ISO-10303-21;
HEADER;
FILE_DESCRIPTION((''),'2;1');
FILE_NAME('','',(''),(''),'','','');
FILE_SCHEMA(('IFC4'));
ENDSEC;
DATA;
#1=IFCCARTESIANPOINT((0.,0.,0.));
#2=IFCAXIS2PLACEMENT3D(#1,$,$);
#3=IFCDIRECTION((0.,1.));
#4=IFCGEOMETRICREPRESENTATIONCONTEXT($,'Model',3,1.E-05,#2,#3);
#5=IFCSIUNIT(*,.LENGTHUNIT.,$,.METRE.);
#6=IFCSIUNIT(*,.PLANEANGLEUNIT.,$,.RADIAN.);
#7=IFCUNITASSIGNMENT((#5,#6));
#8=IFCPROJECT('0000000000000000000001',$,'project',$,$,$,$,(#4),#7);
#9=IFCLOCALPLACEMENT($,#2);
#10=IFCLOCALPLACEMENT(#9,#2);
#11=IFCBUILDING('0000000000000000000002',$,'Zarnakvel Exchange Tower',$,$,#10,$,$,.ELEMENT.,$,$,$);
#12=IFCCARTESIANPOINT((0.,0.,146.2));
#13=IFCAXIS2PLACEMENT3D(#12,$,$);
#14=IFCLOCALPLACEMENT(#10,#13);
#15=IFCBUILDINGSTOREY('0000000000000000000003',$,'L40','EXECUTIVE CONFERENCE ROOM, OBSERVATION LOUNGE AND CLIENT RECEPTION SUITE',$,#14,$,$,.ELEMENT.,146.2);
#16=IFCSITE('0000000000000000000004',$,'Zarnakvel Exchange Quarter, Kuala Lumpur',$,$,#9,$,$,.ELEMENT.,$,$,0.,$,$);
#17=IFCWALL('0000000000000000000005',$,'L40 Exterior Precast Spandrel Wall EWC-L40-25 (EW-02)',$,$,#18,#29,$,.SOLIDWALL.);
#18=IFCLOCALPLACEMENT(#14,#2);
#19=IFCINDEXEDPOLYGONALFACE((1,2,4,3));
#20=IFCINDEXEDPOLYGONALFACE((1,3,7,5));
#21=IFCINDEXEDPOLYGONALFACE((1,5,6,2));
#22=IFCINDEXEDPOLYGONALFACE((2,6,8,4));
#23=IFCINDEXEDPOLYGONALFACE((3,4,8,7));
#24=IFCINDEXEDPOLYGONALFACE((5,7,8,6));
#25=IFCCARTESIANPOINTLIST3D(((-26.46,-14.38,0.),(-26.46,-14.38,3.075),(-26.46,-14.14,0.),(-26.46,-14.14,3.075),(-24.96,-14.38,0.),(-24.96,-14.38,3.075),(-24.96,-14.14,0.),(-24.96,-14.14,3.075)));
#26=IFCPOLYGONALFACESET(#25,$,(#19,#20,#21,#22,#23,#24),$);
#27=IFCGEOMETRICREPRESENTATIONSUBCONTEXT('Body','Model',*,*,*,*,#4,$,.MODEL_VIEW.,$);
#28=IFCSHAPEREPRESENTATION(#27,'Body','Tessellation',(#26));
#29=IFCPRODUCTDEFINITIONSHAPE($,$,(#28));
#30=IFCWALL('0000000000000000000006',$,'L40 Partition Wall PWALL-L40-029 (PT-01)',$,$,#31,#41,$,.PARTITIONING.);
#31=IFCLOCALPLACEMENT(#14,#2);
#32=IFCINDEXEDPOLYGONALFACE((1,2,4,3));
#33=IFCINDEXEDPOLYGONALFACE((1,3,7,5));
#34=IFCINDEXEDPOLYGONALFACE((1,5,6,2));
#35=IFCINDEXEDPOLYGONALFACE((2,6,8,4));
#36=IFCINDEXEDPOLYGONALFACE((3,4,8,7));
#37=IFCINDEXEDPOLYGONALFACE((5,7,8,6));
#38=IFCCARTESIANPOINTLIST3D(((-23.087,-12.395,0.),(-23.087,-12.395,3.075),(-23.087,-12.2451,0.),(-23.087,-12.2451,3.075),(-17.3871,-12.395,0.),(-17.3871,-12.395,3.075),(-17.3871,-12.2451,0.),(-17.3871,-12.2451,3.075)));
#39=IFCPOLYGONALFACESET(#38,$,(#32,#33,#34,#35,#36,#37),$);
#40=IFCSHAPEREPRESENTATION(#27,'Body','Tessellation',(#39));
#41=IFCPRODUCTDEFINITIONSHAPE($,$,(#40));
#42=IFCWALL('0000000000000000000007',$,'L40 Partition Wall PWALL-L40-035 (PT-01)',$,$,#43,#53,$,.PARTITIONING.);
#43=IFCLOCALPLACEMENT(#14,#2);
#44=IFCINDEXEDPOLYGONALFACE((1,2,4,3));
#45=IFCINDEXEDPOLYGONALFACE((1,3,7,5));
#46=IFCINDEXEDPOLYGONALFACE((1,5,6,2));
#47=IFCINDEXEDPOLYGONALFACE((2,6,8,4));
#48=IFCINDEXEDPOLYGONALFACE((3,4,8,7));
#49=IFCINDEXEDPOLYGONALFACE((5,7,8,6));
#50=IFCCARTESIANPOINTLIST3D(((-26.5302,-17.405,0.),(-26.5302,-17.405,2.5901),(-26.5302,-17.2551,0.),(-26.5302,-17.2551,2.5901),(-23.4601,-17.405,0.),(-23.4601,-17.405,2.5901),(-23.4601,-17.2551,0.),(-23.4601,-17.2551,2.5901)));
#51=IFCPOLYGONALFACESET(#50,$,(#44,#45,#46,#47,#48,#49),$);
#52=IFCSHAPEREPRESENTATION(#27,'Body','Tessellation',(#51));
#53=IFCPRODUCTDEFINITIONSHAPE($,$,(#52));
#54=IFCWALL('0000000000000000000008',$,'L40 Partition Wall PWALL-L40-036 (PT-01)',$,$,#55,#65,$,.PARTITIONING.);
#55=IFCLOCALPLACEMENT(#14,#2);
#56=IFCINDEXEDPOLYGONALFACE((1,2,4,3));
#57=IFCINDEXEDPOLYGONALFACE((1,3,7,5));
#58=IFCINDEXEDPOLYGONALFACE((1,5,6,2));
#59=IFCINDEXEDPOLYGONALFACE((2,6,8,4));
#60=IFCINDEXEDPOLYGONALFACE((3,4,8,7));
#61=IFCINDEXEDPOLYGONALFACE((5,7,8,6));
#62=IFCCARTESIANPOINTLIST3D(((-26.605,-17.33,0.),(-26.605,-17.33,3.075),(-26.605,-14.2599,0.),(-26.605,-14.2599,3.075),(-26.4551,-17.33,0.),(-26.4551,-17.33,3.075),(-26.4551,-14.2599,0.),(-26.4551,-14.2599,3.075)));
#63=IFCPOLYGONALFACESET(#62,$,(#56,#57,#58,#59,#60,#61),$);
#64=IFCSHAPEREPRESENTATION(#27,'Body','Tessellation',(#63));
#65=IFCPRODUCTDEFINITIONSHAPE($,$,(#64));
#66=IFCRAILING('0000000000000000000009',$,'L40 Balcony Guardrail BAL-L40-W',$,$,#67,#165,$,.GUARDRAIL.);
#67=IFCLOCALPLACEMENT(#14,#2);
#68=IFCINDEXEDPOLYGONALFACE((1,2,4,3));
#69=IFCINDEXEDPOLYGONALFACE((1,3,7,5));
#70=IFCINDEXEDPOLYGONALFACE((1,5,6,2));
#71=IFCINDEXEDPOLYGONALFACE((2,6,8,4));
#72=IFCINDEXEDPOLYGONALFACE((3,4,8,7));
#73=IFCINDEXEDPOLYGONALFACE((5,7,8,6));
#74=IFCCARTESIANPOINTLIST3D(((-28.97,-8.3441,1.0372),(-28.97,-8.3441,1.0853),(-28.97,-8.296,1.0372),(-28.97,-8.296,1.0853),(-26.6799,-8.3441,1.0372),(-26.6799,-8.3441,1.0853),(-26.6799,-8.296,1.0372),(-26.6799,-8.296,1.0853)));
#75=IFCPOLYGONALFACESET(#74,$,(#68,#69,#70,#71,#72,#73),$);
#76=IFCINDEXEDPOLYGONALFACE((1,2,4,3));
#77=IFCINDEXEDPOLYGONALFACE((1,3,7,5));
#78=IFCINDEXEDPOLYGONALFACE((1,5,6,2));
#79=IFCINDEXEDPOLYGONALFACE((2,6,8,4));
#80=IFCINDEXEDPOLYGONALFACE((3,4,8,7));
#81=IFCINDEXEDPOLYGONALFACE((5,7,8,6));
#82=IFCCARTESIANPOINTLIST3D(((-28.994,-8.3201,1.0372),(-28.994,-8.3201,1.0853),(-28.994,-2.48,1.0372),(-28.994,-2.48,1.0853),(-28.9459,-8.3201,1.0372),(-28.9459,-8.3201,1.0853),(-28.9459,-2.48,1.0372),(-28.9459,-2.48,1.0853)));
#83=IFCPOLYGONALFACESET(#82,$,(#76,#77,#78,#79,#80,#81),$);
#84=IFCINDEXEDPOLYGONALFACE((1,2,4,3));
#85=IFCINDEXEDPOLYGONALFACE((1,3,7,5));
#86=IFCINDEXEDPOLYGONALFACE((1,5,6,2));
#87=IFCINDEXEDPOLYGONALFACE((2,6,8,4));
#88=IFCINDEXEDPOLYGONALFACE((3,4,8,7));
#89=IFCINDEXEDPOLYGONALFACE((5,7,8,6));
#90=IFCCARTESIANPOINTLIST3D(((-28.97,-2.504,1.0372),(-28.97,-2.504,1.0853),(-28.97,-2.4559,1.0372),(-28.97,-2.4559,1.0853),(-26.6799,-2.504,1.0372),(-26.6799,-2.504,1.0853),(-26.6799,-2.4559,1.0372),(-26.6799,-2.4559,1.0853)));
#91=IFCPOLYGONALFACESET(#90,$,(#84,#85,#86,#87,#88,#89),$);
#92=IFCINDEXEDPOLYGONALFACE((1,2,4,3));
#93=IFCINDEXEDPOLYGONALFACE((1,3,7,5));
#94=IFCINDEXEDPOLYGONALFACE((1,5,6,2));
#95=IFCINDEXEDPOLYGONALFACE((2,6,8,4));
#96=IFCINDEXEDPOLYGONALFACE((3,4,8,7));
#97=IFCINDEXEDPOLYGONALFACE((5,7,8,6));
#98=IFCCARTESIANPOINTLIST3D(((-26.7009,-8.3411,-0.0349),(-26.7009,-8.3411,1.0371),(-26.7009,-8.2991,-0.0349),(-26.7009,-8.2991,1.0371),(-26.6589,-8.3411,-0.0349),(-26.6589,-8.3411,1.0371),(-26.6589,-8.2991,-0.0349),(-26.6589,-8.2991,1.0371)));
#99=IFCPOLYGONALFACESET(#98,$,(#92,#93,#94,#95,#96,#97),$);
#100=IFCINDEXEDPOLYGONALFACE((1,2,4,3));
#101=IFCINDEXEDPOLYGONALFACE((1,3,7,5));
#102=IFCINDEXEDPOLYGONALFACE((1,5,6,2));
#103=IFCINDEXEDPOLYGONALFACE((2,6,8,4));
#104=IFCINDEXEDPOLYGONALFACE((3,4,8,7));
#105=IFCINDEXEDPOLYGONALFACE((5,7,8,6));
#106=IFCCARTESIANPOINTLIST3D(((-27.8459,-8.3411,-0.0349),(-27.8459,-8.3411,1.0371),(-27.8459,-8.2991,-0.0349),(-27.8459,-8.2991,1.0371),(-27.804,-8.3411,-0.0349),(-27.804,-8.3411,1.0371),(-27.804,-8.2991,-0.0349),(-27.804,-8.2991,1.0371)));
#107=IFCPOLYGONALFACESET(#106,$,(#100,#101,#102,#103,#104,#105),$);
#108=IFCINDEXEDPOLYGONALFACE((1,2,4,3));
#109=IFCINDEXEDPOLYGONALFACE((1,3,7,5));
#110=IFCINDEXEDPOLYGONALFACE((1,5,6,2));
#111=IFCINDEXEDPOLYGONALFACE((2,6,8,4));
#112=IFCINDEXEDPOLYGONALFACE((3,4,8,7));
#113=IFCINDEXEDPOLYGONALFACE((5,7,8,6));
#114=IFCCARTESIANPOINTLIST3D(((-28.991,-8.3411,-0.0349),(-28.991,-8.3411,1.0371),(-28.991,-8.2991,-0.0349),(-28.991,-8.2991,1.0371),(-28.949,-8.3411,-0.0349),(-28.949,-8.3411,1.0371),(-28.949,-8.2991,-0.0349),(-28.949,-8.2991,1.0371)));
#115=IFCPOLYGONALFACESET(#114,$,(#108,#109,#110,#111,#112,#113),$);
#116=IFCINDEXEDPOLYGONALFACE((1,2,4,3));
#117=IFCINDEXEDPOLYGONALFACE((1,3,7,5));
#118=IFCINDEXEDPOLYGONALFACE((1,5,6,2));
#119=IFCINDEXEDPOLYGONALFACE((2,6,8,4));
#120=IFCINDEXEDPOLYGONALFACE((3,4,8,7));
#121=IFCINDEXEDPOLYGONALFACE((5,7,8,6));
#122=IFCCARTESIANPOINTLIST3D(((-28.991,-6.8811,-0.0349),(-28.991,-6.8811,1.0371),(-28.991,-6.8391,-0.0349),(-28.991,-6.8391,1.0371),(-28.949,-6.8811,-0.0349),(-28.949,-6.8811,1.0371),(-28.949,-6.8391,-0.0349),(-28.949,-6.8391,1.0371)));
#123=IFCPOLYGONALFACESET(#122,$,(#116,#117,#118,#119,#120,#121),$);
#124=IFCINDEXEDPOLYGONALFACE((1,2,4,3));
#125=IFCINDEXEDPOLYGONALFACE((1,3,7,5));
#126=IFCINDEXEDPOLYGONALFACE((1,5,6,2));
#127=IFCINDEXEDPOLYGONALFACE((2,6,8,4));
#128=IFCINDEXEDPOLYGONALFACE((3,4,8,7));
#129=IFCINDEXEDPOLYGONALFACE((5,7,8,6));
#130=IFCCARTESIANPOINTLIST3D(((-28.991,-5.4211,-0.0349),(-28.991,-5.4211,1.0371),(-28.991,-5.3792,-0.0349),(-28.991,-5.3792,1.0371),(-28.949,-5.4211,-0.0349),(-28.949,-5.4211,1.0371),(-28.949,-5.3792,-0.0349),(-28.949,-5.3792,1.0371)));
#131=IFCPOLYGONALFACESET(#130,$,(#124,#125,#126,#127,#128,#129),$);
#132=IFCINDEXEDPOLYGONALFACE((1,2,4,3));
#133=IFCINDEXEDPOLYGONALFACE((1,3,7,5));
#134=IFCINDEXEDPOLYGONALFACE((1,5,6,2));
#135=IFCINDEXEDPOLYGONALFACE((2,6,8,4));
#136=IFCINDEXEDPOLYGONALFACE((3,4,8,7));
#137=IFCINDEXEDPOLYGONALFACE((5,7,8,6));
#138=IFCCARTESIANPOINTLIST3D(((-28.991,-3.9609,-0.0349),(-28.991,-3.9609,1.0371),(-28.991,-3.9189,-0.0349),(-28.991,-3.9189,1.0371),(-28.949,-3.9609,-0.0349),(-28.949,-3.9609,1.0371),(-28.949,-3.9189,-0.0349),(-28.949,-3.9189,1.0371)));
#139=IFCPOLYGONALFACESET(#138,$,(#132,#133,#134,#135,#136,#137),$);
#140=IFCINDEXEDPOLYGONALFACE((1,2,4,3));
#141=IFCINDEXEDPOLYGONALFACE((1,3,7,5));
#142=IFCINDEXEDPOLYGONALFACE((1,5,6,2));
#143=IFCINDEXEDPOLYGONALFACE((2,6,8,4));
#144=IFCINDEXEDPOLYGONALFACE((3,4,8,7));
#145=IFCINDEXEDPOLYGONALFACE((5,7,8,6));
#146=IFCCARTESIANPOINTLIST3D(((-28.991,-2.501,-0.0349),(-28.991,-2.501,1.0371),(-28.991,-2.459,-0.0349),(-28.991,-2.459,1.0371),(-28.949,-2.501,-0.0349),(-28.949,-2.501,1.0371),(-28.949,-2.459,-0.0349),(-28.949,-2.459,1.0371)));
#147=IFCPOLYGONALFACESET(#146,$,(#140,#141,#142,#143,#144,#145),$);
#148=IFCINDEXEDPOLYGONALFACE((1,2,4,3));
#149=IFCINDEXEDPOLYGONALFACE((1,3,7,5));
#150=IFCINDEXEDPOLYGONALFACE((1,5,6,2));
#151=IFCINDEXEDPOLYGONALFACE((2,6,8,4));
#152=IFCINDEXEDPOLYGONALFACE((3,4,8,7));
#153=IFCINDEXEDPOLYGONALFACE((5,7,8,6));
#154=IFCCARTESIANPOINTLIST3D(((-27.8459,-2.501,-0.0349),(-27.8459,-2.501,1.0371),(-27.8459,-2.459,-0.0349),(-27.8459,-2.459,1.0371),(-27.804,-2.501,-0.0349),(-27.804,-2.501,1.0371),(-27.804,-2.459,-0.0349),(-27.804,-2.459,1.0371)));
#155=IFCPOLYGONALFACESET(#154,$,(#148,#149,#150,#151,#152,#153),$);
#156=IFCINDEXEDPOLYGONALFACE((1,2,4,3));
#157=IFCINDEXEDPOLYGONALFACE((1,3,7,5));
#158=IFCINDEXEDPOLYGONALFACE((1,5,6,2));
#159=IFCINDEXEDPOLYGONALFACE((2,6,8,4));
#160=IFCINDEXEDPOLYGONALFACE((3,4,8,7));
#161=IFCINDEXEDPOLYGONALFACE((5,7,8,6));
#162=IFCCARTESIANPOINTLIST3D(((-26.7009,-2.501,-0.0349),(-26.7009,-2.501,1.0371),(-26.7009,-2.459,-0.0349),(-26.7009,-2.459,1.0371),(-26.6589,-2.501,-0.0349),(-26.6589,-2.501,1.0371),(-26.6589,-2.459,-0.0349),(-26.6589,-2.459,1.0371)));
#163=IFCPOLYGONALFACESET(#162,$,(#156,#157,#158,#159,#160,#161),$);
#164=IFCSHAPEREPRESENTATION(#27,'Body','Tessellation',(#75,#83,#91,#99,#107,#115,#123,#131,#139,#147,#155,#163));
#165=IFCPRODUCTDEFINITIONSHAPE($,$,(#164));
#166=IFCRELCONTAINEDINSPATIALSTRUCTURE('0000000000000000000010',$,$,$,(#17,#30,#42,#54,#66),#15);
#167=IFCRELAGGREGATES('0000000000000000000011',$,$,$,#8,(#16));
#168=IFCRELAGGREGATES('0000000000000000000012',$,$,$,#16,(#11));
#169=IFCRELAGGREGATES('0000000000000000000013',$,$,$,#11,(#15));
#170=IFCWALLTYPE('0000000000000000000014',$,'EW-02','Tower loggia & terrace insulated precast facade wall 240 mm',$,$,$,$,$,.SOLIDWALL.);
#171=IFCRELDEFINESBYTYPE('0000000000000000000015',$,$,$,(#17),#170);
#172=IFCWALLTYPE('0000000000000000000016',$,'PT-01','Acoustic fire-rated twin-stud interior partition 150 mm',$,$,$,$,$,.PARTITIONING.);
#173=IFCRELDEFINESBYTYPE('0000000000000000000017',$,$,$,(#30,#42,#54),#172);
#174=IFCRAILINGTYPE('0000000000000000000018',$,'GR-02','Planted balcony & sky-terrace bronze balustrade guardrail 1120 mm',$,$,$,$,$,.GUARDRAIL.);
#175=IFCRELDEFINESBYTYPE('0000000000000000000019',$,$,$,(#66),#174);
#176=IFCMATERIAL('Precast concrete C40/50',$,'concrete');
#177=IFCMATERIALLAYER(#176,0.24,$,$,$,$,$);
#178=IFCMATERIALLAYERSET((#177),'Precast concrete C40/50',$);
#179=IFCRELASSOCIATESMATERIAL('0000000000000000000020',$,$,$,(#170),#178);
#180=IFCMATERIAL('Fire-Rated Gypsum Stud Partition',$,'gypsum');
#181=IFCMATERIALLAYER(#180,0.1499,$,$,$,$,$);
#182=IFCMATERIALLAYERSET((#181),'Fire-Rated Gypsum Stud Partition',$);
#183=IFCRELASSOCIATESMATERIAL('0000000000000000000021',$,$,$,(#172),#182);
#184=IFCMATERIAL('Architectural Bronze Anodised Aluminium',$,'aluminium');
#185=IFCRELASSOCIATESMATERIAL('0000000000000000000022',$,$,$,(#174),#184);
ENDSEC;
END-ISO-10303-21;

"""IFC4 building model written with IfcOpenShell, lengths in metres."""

from ifc_helpers import new_model, si_unit, direction, frame, frame_2d, origin, origin_2d, place, context, subcontext, project, spatial, rectangle, extrude, material, layer, layer_set, type_object, element, save


model = new_model("IFC4")

# Units and contexts
model_context = context("Model", 3, precision=1e-05, world=origin(), true_north=direction((0.0, 1.0)))
body_context = subcontext(model_context, "Body", "Model", "MODEL_VIEW")
ifc_project = project(units=[si_unit("LENGTHUNIT", "METRE"), si_unit("PLANEANGLEUNIT", "RADIAN")], contexts=[model_context])

# Site, building, storey
site_placement = place(None, origin())
site = spatial("IfcSite", under=ifc_project, at=site_placement, Name="Zarnakvel Exchange Quarter, Kuala Lumpur", CompositionType="ELEMENT", RefElevation=0.0)
building_placement = place(site_placement, origin())
building = spatial("IfcBuilding", under=site, at=building_placement, Name="Zarnakvel Exchange Tower", CompositionType="ELEMENT")
storey_placement = place(building_placement, frame((0.0, 0.0, 146.2)))
storey = spatial("IfcBuildingStorey", under=building, at=storey_placement, Name="L40", Description="EXECUTIVE CONFERENCE ROOM, OBSERVATION LOUNGE AND CLIENT RECEPTION SUITE", CompositionType="ELEMENT", Elevation=146.2)

# Wall
ifc_material_1 = material(Name="Precast concrete C40/50", Category="concrete")
ifc_layer_1 = layer(ifc_material_1, 0.24)
ifc_layer_set_1 = layer_set([ifc_layer_1], Name="Precast concrete C40/50")
wall_type_1 = type_object("IfcWallType", Name="EW-02", Description="Tower loggia & terrace insulated precast facade wall 240 mm", PredefinedType="SOLIDWALL", material=ifc_layer_set_1)
for number, where, z_axis, x_axis, name in (
    (1, (-26.46, -14.26, 0.0), (0.0, 0.0, 1.0), (1.0, 0.0, 0.0), "L40 Exterior Precast Spandrel Wall EWC-L40-25 (EW-02)"),
):
    element("IfcWall", number, at=place(storey_placement, frame(where, z_axis=z_axis, x_axis=x_axis)), inside=storey, type_object=wall_type_1, Name=name, PredefinedType="SOLIDWALL", context=body_context, shape_type="SweptSolid", body=[
        extrude(rectangle(XDim=1.5, YDim=0.24, at=frame_2d((0.75, 0.0))), origin(), (0.0, 0.0, 1.0), 3.075),
    ])

# Shared definitions
ifc_material_2 = material(Name="Fire-Rated Gypsum Stud Partition", Category="gypsum")
ifc_layer_2 = layer(ifc_material_2, 0.1499)
ifc_layer_set_2 = layer_set([ifc_layer_2], Name="Fire-Rated Gypsum Stud Partition")
wall_type_2 = type_object("IfcWallType", Name="PT-01", Description="Acoustic fire-rated twin-stud interior partition 150 mm", PredefinedType="PARTITIONING", material=ifc_layer_set_2)

# Walls
wall_1_placement = place(storey_placement, frame((-17.387, -12.3201, 0.0), z_axis=(0.0, 0.0, 1.0), x_axis=(-1.0, 0.0, 0.0)))
element("IfcWall", 2, at=wall_1_placement, inside=storey, type_object=wall_type_2, Name="L40 Partition Wall PWALL-L40-029 (PT-01)", PredefinedType="PARTITIONING", context=body_context, shape_type="SweptSolid", body=[
    extrude(rectangle(XDim=5.7, YDim=0.1499, at=frame_2d((2.8501, 0.0))), origin(), (0.0, 0.0, 1.0), 3.075),
])
wall_2_placement = place(storey_placement, frame((-23.46, -17.3301, 0.0), z_axis=(0.0, 0.0, 1.0), x_axis=(-1.0, 0.0, 0.0)))
element("IfcWall", 3, at=wall_2_placement, inside=storey, type_object=wall_type_2, Name="L40 Partition Wall PWALL-L40-035 (PT-01)", PredefinedType="PARTITIONING", context=body_context, shape_type="SweptSolid", body=[
    extrude(rectangle(XDim=3.0701, YDim=0.1499, at=frame_2d((1.5352, 0.0))), origin(), (0.0, 0.0, 1.0), 2.5901),
])
wall_3_placement = place(storey_placement, frame((-26.53, -17.3301, 0.0), z_axis=(0.0, 0.0, 1.0), x_axis=(0.0, 1.0, 0.0)))
element("IfcWall", 4, at=wall_3_placement, inside=storey, type_object=wall_type_2, Name="L40 Partition Wall PWALL-L40-036 (PT-01)", PredefinedType="PARTITIONING", context=body_context, shape_type="SweptSolid", body=[
    extrude(rectangle(XDim=3.0701, YDim=0.1499, at=frame_2d((1.5352, 0.0))), origin(), (0.0, 0.0, 1.0), 3.075),
])

# Railing
ifc_material_3 = material(Name="Architectural Bronze Anodised Aluminium", Category="aluminium")
railing_type = type_object("IfcRailingType", Name="GR-02", Description="Planted balcony & sky-terrace bronze balustrade guardrail 1120 mm", PredefinedType="GUARDRAIL", material=ifc_material_3)
railing_1_placement = place(storey_placement, frame((-26.6799, -8.3201, -0.0349)))
element("IfcRailing", 5, at=railing_1_placement, inside=storey, type_object=railing_type, Name="L40 Balcony Guardrail BAL-L40-W", PredefinedType="GUARDRAIL", context=body_context, shape_type="SweptSolid", body=[
    extrude(rectangle(XDim=0.0481, YDim=0.0481, at=origin_2d()), frame((0.0, 0.0, 1.0962), z_axis=(-1.0, 0.0, 0.0), x_axis=(0.0, -1.0, 0.0)), (0.0, 0.0, 1.0), 2.29),
    extrude(rectangle(XDim=0.0481, YDim=0.0481, at=origin_2d()), frame((-2.29, 0.0, 1.0962), z_axis=(0.0, 1.0, 0.0), x_axis=(-1.0, 0.0, 0.0)), (0.0, 0.0, 1.0), 5.8401),
    extrude(rectangle(XDim=0.0481, YDim=0.0481, at=origin_2d()), frame((-2.29, 5.8401, 1.0962), z_axis=(1.0, 0.0, 0.0), x_axis=(0.0, 1.0, 0.0)), (0.0, 0.0, 1.0), 2.29),
    extrude(rectangle(XDim=0.042, YDim=0.042, at=origin_2d()), origin(), (0.0, 0.0, 1.0), 1.072),
    extrude(rectangle(XDim=0.042, YDim=0.042, at=origin_2d()), frame((-1.145, 0.0, 0.0)), (0.0, 0.0, 1.0), 1.072),
    extrude(rectangle(XDim=0.042, YDim=0.042, at=origin_2d()), frame((-2.29, 0.0, 0.0)), (0.0, 0.0, 1.0), 1.072),
    extrude(rectangle(XDim=0.042, YDim=0.042, at=origin_2d()), frame((-2.29, 1.46, 0.0)), (0.0, 0.0, 1.0), 1.072),
    extrude(rectangle(XDim=0.042, YDim=0.042, at=origin_2d()), frame((-2.29, 2.9199, 0.0)), (0.0, 0.0, 1.0), 1.072),
    extrude(rectangle(XDim=0.042, YDim=0.042, at=origin_2d()), frame((-2.29, 4.3801, 0.0)), (0.0, 0.0, 1.0), 1.072),
    extrude(rectangle(XDim=0.042, YDim=0.042, at=origin_2d()), frame((-2.29, 5.8401, 0.0)), (0.0, 0.0, 1.0), 1.072),
    extrude(rectangle(XDim=0.042, YDim=0.042, at=origin_2d()), frame((-1.145, 5.8401, 0.0)), (0.0, 0.0, 1.0), 1.072),
    extrude(rectangle(XDim=0.042, YDim=0.042, at=origin_2d()), frame((0.0, 5.8401, 0.0)), (0.0, 0.0, 1.0), 1.072),
])

save(model, "model.ifc")
